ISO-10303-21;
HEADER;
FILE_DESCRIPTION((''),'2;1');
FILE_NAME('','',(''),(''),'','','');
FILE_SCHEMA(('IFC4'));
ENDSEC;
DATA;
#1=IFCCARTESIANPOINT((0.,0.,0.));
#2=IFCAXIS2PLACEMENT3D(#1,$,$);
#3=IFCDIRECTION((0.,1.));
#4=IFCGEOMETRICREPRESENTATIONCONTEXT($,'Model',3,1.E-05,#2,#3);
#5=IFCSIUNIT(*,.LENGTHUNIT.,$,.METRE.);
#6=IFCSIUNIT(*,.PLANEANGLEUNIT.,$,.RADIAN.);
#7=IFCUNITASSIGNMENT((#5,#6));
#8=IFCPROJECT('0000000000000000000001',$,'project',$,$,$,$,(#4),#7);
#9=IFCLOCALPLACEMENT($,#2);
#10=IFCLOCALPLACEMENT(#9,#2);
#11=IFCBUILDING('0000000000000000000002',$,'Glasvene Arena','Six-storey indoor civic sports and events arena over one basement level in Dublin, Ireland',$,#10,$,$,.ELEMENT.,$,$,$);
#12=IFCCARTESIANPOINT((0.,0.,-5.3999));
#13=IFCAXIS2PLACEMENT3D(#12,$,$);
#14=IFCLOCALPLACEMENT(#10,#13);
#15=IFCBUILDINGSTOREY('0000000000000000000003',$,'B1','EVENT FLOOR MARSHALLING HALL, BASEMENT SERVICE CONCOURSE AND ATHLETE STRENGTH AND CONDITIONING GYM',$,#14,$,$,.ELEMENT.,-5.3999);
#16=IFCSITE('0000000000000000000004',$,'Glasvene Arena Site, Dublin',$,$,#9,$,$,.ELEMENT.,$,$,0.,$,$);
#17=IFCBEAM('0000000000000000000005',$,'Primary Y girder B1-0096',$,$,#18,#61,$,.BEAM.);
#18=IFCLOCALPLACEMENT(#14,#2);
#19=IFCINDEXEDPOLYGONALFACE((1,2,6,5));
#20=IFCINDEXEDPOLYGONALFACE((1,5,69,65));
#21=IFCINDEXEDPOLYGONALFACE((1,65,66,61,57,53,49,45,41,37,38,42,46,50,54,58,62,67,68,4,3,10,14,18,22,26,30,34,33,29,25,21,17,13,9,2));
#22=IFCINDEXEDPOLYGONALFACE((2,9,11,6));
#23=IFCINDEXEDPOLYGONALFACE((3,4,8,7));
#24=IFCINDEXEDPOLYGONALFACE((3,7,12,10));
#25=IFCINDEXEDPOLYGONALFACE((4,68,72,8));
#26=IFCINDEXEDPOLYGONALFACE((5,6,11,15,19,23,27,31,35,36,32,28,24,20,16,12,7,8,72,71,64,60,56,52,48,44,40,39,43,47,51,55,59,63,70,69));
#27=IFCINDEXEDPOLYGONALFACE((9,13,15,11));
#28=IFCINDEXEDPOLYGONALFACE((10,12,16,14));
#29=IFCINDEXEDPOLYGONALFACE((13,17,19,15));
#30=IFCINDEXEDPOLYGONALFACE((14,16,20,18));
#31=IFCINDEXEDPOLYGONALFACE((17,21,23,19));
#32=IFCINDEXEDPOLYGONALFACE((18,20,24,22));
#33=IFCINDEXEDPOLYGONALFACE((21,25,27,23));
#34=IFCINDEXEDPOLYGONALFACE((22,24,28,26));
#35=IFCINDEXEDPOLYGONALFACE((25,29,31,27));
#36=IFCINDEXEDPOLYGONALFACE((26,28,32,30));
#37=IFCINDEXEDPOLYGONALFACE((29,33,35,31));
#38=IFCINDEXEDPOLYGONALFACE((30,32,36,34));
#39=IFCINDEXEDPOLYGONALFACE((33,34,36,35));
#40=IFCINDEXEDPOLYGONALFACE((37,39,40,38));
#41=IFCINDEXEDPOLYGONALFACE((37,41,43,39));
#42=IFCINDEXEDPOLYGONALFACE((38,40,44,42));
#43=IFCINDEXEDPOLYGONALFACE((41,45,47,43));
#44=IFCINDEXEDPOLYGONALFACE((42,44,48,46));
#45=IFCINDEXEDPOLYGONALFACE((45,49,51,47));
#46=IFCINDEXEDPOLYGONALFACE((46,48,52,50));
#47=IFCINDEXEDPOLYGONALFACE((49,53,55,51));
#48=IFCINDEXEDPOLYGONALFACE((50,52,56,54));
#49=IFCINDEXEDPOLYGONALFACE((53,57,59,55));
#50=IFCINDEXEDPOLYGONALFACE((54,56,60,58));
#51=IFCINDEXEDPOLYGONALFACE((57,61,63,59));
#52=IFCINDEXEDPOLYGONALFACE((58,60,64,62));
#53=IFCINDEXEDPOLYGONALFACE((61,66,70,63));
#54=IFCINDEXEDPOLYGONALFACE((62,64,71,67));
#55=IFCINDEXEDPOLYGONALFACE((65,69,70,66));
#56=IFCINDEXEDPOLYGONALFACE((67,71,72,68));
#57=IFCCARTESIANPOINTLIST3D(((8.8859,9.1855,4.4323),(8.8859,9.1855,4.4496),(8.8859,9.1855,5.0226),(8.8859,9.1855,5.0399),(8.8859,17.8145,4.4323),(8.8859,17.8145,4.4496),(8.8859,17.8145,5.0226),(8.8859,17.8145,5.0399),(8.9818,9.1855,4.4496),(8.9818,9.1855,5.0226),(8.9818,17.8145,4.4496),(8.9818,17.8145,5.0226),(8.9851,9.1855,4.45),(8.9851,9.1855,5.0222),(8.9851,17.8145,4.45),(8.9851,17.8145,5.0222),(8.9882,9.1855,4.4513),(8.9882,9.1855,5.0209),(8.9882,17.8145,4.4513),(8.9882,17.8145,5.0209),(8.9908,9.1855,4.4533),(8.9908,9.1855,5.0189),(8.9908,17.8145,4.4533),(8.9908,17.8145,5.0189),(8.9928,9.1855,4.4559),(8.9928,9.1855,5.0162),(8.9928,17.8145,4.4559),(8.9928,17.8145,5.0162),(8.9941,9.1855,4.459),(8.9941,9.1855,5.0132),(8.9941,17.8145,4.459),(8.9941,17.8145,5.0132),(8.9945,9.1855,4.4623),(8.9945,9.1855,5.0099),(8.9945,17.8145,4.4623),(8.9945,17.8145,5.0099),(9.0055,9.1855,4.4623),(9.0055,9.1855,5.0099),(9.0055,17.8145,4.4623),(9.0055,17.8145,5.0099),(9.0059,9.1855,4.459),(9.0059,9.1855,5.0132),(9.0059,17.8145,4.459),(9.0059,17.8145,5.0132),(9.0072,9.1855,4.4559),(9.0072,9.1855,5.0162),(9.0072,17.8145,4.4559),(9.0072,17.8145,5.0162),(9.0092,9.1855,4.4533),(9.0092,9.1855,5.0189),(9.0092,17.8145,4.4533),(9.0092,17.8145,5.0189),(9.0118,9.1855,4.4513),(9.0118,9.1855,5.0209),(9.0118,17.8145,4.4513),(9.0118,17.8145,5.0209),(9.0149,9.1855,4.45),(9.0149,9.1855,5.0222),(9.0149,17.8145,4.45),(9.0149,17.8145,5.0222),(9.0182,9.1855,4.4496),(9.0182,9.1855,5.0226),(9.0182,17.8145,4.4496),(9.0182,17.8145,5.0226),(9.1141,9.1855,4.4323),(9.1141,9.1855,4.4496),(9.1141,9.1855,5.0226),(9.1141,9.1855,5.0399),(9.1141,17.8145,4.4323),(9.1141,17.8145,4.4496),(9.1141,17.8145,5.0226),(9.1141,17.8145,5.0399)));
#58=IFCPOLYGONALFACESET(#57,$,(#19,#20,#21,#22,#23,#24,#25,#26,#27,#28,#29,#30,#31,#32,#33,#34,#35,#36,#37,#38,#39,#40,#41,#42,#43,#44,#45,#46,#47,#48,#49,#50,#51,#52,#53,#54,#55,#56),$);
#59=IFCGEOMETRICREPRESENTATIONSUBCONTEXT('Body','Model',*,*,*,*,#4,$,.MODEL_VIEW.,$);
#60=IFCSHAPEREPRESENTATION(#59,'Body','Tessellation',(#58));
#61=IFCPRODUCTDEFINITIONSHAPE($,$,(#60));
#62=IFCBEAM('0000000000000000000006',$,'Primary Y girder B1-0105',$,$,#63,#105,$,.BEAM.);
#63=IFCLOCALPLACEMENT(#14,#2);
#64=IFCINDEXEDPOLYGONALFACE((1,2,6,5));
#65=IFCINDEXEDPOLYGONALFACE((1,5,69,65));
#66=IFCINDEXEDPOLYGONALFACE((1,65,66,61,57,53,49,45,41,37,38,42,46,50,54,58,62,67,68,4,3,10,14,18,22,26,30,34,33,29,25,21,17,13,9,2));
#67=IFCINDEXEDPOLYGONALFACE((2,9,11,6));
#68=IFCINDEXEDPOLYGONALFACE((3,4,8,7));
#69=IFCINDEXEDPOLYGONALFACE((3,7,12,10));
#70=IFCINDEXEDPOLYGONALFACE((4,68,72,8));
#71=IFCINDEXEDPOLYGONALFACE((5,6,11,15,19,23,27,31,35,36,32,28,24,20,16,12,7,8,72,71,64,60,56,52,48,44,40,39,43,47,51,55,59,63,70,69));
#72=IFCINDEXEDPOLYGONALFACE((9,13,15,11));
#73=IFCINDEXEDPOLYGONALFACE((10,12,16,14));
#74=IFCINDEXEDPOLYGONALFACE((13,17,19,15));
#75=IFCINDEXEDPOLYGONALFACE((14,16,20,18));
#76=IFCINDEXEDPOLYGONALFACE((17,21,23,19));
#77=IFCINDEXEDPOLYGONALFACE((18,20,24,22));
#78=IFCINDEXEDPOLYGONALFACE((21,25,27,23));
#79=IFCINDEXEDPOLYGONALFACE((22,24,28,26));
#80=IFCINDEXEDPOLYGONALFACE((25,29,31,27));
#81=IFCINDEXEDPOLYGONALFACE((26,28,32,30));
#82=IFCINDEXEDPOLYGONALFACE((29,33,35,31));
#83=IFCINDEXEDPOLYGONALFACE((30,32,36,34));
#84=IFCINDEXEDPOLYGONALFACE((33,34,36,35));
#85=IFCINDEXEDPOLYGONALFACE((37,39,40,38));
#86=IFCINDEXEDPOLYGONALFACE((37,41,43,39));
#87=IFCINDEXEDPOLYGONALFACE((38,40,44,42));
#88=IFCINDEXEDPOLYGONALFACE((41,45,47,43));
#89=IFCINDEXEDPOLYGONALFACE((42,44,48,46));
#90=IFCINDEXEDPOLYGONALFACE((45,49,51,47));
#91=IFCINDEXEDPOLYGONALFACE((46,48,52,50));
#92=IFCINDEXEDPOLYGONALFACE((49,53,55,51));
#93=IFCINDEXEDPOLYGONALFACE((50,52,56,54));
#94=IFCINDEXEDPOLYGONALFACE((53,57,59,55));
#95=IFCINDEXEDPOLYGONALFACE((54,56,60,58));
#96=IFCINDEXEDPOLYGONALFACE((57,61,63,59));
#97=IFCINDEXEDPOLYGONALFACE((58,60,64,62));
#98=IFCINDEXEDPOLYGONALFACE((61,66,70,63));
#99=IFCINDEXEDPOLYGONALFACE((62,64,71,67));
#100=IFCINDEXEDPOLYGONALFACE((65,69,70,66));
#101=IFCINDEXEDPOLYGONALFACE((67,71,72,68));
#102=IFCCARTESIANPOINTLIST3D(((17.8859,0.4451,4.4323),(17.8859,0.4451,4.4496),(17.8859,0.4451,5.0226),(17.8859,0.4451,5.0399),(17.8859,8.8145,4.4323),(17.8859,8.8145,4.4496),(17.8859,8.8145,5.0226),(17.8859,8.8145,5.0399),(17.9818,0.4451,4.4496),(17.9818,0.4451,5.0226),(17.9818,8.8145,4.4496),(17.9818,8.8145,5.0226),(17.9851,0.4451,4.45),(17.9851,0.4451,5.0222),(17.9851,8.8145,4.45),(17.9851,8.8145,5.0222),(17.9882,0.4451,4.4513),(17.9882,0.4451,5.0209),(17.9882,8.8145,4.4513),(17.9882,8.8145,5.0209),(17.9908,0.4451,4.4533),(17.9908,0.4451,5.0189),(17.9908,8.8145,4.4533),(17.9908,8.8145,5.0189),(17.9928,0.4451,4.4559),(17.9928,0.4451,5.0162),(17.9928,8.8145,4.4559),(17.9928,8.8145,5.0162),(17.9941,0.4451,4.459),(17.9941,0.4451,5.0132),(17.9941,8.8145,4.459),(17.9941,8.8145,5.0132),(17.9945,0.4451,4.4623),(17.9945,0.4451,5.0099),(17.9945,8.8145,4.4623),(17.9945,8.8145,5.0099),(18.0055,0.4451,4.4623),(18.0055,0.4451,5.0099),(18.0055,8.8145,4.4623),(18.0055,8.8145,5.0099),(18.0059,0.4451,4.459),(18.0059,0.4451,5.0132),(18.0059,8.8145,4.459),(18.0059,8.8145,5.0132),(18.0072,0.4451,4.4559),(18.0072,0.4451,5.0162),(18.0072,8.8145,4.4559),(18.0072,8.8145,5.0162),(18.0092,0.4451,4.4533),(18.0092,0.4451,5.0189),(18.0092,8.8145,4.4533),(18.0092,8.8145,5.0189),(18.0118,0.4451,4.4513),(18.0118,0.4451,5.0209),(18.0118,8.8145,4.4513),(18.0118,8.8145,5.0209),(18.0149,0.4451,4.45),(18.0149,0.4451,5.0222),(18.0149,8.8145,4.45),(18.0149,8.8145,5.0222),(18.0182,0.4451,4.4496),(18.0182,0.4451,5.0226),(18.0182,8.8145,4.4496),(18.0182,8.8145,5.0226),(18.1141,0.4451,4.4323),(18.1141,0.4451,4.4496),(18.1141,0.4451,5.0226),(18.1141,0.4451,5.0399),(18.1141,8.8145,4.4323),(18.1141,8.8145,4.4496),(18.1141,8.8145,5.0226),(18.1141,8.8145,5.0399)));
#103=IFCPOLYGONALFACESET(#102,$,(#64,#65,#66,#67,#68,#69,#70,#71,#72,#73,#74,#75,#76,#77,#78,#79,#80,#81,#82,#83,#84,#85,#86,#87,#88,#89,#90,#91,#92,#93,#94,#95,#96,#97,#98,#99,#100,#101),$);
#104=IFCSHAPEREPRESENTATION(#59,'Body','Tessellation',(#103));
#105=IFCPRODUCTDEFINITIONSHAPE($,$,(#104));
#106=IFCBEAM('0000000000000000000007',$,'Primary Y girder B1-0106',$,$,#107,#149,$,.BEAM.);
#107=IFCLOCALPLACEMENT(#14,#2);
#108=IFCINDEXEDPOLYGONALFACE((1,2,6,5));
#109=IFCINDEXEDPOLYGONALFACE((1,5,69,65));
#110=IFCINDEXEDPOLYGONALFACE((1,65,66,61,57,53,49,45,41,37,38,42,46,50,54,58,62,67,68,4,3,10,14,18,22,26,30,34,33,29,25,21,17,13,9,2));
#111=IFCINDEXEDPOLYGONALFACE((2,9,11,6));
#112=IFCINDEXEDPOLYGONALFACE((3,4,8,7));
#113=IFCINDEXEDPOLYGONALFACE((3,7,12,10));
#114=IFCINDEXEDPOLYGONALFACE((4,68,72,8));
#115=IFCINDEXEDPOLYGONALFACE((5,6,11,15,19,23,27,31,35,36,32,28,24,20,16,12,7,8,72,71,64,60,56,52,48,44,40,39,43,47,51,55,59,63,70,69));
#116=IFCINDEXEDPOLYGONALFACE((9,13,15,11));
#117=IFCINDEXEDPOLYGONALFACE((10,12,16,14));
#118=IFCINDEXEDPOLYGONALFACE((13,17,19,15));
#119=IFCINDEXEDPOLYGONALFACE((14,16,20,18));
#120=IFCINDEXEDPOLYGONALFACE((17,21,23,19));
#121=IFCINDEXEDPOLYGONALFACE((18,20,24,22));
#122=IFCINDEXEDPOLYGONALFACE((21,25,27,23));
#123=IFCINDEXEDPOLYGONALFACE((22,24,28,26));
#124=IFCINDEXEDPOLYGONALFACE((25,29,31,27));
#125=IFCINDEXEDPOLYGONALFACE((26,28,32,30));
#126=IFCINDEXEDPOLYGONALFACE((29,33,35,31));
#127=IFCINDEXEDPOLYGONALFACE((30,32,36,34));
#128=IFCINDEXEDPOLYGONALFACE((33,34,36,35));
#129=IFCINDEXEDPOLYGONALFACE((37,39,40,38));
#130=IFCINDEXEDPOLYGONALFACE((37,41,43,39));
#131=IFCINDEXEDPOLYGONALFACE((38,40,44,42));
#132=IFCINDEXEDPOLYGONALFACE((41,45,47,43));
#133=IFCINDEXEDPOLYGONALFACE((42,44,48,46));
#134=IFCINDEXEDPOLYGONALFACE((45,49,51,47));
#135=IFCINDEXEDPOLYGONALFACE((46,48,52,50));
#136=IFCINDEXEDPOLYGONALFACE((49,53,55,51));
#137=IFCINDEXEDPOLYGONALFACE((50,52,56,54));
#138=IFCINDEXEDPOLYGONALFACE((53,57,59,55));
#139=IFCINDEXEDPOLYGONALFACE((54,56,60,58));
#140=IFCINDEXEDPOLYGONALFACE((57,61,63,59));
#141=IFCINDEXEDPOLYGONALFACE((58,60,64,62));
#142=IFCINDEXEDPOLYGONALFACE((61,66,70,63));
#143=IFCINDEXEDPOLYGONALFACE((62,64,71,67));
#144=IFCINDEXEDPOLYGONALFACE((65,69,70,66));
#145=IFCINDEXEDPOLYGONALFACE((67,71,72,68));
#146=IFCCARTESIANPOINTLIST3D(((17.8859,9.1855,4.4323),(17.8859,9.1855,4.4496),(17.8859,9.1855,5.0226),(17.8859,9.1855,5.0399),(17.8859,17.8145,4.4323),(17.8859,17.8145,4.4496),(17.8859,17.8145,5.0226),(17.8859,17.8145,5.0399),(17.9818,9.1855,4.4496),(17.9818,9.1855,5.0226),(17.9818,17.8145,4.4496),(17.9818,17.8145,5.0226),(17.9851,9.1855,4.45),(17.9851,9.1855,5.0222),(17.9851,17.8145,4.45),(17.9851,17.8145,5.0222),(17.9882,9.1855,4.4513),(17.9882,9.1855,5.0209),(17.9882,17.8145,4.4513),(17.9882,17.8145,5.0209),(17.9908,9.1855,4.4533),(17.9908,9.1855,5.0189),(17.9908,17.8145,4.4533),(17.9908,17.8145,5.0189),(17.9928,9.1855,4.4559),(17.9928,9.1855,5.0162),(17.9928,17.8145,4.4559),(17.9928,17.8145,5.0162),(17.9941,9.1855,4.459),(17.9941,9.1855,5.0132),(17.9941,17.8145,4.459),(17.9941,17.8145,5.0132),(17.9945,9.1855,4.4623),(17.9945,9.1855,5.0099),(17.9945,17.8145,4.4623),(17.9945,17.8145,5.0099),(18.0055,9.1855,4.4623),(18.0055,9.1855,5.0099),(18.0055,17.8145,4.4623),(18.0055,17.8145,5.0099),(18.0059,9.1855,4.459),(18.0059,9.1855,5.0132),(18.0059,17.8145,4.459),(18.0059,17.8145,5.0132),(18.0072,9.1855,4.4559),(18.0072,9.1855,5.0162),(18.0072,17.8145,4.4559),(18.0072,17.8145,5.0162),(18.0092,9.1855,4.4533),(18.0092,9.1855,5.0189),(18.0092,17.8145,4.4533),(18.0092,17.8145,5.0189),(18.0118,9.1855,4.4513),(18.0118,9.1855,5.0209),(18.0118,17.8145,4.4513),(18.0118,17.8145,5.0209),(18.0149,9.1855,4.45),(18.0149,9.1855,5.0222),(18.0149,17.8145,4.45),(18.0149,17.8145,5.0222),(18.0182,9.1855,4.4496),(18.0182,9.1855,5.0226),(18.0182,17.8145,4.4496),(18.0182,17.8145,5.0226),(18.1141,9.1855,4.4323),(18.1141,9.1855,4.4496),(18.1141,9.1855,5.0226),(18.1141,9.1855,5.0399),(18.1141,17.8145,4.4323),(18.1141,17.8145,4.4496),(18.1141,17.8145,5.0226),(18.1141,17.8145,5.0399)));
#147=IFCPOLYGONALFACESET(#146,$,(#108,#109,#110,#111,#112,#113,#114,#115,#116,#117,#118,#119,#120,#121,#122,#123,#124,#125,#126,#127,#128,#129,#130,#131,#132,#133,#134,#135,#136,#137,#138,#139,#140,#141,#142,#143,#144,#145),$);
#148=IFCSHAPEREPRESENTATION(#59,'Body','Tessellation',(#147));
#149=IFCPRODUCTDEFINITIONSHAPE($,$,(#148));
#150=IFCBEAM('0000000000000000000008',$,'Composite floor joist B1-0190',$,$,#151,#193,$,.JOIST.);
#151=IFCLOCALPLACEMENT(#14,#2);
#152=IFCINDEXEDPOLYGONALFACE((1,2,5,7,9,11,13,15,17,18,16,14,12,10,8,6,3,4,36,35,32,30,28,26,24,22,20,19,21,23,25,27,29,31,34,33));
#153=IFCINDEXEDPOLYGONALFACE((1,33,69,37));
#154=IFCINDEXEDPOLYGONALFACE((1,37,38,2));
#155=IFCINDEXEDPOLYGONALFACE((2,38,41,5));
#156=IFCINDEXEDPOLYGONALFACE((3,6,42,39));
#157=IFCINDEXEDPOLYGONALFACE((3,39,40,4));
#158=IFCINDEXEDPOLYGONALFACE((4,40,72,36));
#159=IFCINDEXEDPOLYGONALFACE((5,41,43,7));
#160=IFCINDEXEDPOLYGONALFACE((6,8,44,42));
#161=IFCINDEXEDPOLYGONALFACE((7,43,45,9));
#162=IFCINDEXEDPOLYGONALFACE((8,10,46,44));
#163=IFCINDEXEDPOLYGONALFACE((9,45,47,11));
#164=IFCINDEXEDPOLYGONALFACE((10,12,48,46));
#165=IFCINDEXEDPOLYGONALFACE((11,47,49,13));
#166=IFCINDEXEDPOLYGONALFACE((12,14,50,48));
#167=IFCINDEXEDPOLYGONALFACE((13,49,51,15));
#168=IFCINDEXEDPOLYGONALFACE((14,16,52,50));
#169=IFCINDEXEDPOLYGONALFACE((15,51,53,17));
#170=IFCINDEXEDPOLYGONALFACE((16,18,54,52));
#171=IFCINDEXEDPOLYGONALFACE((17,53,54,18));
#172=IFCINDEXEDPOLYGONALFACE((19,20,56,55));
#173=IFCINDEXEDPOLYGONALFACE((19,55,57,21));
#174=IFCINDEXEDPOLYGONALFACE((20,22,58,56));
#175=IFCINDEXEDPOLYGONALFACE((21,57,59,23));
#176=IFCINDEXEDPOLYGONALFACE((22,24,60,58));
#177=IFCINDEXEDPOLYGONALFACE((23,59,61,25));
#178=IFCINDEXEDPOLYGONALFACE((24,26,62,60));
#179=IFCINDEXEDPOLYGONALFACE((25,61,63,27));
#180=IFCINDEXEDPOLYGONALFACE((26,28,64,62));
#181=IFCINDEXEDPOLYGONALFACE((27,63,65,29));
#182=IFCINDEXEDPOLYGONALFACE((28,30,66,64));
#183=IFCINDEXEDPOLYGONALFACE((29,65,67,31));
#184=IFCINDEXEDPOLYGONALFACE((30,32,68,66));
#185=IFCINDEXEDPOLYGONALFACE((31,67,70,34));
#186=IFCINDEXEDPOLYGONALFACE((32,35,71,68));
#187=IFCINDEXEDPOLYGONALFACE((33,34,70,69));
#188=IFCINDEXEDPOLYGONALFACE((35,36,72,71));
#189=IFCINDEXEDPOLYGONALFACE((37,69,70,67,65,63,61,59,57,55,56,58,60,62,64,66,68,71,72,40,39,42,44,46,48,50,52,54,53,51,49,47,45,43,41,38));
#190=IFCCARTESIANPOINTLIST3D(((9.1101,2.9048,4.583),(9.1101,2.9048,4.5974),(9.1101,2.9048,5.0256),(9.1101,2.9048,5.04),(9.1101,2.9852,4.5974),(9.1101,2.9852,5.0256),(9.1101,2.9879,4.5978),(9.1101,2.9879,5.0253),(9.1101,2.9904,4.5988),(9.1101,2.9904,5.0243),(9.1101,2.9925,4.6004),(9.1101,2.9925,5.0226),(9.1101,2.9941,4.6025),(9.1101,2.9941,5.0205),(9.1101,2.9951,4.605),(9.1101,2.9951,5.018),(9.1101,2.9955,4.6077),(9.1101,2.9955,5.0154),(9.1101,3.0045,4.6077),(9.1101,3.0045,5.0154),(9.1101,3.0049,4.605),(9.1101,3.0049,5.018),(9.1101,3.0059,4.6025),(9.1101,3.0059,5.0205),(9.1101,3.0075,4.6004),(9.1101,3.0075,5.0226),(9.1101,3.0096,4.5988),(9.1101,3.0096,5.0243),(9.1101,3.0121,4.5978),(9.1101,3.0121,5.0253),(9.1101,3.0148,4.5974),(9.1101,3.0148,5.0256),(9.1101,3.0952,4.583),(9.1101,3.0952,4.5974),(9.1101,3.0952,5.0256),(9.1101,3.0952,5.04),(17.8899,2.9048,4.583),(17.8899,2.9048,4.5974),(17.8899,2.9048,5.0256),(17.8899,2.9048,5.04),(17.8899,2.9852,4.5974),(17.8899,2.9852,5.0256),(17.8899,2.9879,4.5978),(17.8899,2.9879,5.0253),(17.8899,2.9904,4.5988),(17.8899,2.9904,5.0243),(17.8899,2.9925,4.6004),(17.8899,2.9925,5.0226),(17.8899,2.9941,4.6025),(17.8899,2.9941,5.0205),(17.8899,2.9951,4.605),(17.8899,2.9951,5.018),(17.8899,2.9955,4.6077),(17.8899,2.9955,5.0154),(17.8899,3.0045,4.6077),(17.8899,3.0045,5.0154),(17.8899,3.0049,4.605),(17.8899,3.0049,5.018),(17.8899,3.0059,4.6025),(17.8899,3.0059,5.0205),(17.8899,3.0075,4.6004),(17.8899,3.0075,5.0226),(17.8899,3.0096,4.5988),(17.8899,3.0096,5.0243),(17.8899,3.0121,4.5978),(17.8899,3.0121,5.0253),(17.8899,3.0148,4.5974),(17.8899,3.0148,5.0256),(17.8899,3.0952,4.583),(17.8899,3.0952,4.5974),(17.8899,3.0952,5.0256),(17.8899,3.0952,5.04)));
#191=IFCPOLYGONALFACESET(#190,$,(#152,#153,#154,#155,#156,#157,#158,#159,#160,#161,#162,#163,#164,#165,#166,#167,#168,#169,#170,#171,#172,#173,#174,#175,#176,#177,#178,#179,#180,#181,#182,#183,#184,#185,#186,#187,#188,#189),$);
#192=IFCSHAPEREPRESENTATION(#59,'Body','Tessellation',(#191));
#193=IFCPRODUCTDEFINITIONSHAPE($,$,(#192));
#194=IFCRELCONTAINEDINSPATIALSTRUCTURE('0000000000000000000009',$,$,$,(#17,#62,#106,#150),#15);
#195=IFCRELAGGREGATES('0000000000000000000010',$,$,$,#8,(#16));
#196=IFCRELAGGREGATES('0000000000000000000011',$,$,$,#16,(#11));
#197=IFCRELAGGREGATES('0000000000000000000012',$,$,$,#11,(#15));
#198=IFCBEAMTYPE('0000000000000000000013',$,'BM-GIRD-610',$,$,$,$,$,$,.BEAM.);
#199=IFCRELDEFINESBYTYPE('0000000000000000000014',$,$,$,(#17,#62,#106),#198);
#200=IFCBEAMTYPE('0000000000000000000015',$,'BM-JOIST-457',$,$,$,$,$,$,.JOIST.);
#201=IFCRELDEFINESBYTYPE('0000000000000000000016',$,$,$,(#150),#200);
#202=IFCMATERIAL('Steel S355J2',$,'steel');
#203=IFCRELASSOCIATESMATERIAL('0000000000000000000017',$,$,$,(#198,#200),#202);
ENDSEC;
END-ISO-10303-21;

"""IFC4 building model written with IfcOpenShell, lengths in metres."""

from ifc_helpers import new_model, si_unit, direction, frame, origin, origin_2d, place, context, subcontext, project, spatial, i_section, extrude, material, material_profile, profile_set, type_object, element, save


model = new_model("IFC4")

# Units and contexts
model_context = context("Model", 3, precision=1e-05, world=origin(), true_north=direction((0.0, 1.0)))
body_context = subcontext(model_context, "Body", "Model", "MODEL_VIEW")
ifc_project = project(units=[si_unit("LENGTHUNIT", "METRE"), si_unit("PLANEANGLEUNIT", "RADIAN")], contexts=[model_context])

# Site, building, storey
site_placement = place(None, origin())
site = spatial("IfcSite", under=ifc_project, at=site_placement, Name="Glasvene Arena Site, Dublin", CompositionType="ELEMENT", RefElevation=0.0)
building_placement = place(site_placement, origin())
building = spatial("IfcBuilding", under=site, at=building_placement, Name="Glasvene Arena", Description="Six-storey indoor civic sports and events arena over one basement level in Dublin, Ireland", CompositionType="ELEMENT")
storey_placement = place(building_placement, frame((0.0, 0.0, -5.3999)))
storey = spatial("IfcBuildingStorey", under=building, at=storey_placement, Name="B1", Description="EVENT FLOOR MARSHALLING HALL, BASEMENT SERVICE CONCOURSE AND ATHLETE STRENGTH AND CONDITIONING GYM", CompositionType="ELEMENT", Elevation=-5.3999)

# Shared definitions
ifc_material_1 = material(Name="Steel S355J2", Category="steel")

# Beams
ifc_material_profile_1 = material_profile(ifc_material_1, i_section(OverallWidth=0.2283, OverallDepth=0.6077, WebThickness=0.011, FlangeThickness=0.0173, FilletRadius=0.0127, at=origin_2d()), Name="UKB 610x229x113")
ifc_profile_set_1 = profile_set([ifc_material_profile_1], Name="Steel S355J2")
beam_type_1 = type_object("IfcBeamType", Name="BM-GIRD-610", PredefinedType="BEAM", material=ifc_profile_set_1)
beam_1_placement = place(storey_placement, frame((9.0, 9.1855, 4.7361), z_axis=(0.0, 1.0, 0.0), x_axis=(-1.0, 0.0, 0.0)))
element("IfcBeam", 1, at=beam_1_placement, inside=storey, type_object=beam_type_1, Name="Primary Y girder B1-0096", PredefinedType="BEAM", context=body_context, shape_type="SweptSolid", body=[
    extrude(i_section(OverallWidth=0.2283, OverallDepth=0.6077, WebThickness=0.011, FlangeThickness=0.0173, FilletRadius=0.0127, at=origin_2d()), origin(), (0.0, 0.0, 1.0), 8.6289),
])
beam_2_placement = place(storey_placement, frame((18.0, 0.4451, 4.7361), z_axis=(0.0, 1.0, 0.0), x_axis=(-1.0, 0.0, 0.0)))
element("IfcBeam", 2, at=beam_2_placement, inside=storey, type_object=beam_type_1, Name="Primary Y girder B1-0105", PredefinedType="BEAM", context=body_context, shape_type="SweptSolid", body=[
    extrude(i_section(OverallWidth=0.2283, OverallDepth=0.6077, WebThickness=0.011, FlangeThickness=0.0173, FilletRadius=0.0127, at=origin_2d()), origin(), (0.0, 0.0, 1.0), 8.3694),
])
beam_3_placement = place(storey_placement, frame((18.0, 9.1855, 4.7361), z_axis=(0.0, 1.0, 0.0), x_axis=(-1.0, 0.0, 0.0)))
element("IfcBeam", 3, at=beam_3_placement, inside=storey, type_object=beam_type_1, Name="Primary Y girder B1-0106", PredefinedType="BEAM", context=body_context, shape_type="SweptSolid", body=[
    extrude(i_section(OverallWidth=0.2283, OverallDepth=0.6077, WebThickness=0.011, FlangeThickness=0.0173, FilletRadius=0.0127, at=origin_2d()), origin(), (0.0, 0.0, 1.0), 8.6289),
])
ifc_material_profile_2 = material_profile(ifc_material_1, i_section(OverallWidth=0.1904, OverallDepth=0.457, WebThickness=0.009, FlangeThickness=0.0144, FilletRadius=0.0103, at=origin_2d()), Name="UKB 457x191x74")
ifc_profile_set_2 = profile_set([ifc_material_profile_2], Name="Steel S355J2")
beam_type_2 = type_object("IfcBeamType", Name="BM-JOIST-457", PredefinedType="JOIST", material=ifc_profile_set_2)
for number, where, z_axis, x_axis, name in (
    (4, (9.1101, 3.0, 4.8115), (1.0, 0.0, 0.0), (0.0, 1.0, 0.0), "Composite floor joist B1-0190"),
):
    element("IfcBeam", number, at=place(storey_placement, frame(where, z_axis=z_axis, x_axis=x_axis)), inside=storey, type_object=beam_type_2, Name=name, PredefinedType="JOIST", context=body_context, shape_type="SweptSolid", body=[
        extrude(i_section(OverallWidth=0.1904, OverallDepth=0.457, WebThickness=0.009, FlangeThickness=0.0144, FilletRadius=0.0103, at=origin_2d()), origin(), (0.0, 0.0, 1.0), 8.7798),
    ])

save(model, "model.ifc")
